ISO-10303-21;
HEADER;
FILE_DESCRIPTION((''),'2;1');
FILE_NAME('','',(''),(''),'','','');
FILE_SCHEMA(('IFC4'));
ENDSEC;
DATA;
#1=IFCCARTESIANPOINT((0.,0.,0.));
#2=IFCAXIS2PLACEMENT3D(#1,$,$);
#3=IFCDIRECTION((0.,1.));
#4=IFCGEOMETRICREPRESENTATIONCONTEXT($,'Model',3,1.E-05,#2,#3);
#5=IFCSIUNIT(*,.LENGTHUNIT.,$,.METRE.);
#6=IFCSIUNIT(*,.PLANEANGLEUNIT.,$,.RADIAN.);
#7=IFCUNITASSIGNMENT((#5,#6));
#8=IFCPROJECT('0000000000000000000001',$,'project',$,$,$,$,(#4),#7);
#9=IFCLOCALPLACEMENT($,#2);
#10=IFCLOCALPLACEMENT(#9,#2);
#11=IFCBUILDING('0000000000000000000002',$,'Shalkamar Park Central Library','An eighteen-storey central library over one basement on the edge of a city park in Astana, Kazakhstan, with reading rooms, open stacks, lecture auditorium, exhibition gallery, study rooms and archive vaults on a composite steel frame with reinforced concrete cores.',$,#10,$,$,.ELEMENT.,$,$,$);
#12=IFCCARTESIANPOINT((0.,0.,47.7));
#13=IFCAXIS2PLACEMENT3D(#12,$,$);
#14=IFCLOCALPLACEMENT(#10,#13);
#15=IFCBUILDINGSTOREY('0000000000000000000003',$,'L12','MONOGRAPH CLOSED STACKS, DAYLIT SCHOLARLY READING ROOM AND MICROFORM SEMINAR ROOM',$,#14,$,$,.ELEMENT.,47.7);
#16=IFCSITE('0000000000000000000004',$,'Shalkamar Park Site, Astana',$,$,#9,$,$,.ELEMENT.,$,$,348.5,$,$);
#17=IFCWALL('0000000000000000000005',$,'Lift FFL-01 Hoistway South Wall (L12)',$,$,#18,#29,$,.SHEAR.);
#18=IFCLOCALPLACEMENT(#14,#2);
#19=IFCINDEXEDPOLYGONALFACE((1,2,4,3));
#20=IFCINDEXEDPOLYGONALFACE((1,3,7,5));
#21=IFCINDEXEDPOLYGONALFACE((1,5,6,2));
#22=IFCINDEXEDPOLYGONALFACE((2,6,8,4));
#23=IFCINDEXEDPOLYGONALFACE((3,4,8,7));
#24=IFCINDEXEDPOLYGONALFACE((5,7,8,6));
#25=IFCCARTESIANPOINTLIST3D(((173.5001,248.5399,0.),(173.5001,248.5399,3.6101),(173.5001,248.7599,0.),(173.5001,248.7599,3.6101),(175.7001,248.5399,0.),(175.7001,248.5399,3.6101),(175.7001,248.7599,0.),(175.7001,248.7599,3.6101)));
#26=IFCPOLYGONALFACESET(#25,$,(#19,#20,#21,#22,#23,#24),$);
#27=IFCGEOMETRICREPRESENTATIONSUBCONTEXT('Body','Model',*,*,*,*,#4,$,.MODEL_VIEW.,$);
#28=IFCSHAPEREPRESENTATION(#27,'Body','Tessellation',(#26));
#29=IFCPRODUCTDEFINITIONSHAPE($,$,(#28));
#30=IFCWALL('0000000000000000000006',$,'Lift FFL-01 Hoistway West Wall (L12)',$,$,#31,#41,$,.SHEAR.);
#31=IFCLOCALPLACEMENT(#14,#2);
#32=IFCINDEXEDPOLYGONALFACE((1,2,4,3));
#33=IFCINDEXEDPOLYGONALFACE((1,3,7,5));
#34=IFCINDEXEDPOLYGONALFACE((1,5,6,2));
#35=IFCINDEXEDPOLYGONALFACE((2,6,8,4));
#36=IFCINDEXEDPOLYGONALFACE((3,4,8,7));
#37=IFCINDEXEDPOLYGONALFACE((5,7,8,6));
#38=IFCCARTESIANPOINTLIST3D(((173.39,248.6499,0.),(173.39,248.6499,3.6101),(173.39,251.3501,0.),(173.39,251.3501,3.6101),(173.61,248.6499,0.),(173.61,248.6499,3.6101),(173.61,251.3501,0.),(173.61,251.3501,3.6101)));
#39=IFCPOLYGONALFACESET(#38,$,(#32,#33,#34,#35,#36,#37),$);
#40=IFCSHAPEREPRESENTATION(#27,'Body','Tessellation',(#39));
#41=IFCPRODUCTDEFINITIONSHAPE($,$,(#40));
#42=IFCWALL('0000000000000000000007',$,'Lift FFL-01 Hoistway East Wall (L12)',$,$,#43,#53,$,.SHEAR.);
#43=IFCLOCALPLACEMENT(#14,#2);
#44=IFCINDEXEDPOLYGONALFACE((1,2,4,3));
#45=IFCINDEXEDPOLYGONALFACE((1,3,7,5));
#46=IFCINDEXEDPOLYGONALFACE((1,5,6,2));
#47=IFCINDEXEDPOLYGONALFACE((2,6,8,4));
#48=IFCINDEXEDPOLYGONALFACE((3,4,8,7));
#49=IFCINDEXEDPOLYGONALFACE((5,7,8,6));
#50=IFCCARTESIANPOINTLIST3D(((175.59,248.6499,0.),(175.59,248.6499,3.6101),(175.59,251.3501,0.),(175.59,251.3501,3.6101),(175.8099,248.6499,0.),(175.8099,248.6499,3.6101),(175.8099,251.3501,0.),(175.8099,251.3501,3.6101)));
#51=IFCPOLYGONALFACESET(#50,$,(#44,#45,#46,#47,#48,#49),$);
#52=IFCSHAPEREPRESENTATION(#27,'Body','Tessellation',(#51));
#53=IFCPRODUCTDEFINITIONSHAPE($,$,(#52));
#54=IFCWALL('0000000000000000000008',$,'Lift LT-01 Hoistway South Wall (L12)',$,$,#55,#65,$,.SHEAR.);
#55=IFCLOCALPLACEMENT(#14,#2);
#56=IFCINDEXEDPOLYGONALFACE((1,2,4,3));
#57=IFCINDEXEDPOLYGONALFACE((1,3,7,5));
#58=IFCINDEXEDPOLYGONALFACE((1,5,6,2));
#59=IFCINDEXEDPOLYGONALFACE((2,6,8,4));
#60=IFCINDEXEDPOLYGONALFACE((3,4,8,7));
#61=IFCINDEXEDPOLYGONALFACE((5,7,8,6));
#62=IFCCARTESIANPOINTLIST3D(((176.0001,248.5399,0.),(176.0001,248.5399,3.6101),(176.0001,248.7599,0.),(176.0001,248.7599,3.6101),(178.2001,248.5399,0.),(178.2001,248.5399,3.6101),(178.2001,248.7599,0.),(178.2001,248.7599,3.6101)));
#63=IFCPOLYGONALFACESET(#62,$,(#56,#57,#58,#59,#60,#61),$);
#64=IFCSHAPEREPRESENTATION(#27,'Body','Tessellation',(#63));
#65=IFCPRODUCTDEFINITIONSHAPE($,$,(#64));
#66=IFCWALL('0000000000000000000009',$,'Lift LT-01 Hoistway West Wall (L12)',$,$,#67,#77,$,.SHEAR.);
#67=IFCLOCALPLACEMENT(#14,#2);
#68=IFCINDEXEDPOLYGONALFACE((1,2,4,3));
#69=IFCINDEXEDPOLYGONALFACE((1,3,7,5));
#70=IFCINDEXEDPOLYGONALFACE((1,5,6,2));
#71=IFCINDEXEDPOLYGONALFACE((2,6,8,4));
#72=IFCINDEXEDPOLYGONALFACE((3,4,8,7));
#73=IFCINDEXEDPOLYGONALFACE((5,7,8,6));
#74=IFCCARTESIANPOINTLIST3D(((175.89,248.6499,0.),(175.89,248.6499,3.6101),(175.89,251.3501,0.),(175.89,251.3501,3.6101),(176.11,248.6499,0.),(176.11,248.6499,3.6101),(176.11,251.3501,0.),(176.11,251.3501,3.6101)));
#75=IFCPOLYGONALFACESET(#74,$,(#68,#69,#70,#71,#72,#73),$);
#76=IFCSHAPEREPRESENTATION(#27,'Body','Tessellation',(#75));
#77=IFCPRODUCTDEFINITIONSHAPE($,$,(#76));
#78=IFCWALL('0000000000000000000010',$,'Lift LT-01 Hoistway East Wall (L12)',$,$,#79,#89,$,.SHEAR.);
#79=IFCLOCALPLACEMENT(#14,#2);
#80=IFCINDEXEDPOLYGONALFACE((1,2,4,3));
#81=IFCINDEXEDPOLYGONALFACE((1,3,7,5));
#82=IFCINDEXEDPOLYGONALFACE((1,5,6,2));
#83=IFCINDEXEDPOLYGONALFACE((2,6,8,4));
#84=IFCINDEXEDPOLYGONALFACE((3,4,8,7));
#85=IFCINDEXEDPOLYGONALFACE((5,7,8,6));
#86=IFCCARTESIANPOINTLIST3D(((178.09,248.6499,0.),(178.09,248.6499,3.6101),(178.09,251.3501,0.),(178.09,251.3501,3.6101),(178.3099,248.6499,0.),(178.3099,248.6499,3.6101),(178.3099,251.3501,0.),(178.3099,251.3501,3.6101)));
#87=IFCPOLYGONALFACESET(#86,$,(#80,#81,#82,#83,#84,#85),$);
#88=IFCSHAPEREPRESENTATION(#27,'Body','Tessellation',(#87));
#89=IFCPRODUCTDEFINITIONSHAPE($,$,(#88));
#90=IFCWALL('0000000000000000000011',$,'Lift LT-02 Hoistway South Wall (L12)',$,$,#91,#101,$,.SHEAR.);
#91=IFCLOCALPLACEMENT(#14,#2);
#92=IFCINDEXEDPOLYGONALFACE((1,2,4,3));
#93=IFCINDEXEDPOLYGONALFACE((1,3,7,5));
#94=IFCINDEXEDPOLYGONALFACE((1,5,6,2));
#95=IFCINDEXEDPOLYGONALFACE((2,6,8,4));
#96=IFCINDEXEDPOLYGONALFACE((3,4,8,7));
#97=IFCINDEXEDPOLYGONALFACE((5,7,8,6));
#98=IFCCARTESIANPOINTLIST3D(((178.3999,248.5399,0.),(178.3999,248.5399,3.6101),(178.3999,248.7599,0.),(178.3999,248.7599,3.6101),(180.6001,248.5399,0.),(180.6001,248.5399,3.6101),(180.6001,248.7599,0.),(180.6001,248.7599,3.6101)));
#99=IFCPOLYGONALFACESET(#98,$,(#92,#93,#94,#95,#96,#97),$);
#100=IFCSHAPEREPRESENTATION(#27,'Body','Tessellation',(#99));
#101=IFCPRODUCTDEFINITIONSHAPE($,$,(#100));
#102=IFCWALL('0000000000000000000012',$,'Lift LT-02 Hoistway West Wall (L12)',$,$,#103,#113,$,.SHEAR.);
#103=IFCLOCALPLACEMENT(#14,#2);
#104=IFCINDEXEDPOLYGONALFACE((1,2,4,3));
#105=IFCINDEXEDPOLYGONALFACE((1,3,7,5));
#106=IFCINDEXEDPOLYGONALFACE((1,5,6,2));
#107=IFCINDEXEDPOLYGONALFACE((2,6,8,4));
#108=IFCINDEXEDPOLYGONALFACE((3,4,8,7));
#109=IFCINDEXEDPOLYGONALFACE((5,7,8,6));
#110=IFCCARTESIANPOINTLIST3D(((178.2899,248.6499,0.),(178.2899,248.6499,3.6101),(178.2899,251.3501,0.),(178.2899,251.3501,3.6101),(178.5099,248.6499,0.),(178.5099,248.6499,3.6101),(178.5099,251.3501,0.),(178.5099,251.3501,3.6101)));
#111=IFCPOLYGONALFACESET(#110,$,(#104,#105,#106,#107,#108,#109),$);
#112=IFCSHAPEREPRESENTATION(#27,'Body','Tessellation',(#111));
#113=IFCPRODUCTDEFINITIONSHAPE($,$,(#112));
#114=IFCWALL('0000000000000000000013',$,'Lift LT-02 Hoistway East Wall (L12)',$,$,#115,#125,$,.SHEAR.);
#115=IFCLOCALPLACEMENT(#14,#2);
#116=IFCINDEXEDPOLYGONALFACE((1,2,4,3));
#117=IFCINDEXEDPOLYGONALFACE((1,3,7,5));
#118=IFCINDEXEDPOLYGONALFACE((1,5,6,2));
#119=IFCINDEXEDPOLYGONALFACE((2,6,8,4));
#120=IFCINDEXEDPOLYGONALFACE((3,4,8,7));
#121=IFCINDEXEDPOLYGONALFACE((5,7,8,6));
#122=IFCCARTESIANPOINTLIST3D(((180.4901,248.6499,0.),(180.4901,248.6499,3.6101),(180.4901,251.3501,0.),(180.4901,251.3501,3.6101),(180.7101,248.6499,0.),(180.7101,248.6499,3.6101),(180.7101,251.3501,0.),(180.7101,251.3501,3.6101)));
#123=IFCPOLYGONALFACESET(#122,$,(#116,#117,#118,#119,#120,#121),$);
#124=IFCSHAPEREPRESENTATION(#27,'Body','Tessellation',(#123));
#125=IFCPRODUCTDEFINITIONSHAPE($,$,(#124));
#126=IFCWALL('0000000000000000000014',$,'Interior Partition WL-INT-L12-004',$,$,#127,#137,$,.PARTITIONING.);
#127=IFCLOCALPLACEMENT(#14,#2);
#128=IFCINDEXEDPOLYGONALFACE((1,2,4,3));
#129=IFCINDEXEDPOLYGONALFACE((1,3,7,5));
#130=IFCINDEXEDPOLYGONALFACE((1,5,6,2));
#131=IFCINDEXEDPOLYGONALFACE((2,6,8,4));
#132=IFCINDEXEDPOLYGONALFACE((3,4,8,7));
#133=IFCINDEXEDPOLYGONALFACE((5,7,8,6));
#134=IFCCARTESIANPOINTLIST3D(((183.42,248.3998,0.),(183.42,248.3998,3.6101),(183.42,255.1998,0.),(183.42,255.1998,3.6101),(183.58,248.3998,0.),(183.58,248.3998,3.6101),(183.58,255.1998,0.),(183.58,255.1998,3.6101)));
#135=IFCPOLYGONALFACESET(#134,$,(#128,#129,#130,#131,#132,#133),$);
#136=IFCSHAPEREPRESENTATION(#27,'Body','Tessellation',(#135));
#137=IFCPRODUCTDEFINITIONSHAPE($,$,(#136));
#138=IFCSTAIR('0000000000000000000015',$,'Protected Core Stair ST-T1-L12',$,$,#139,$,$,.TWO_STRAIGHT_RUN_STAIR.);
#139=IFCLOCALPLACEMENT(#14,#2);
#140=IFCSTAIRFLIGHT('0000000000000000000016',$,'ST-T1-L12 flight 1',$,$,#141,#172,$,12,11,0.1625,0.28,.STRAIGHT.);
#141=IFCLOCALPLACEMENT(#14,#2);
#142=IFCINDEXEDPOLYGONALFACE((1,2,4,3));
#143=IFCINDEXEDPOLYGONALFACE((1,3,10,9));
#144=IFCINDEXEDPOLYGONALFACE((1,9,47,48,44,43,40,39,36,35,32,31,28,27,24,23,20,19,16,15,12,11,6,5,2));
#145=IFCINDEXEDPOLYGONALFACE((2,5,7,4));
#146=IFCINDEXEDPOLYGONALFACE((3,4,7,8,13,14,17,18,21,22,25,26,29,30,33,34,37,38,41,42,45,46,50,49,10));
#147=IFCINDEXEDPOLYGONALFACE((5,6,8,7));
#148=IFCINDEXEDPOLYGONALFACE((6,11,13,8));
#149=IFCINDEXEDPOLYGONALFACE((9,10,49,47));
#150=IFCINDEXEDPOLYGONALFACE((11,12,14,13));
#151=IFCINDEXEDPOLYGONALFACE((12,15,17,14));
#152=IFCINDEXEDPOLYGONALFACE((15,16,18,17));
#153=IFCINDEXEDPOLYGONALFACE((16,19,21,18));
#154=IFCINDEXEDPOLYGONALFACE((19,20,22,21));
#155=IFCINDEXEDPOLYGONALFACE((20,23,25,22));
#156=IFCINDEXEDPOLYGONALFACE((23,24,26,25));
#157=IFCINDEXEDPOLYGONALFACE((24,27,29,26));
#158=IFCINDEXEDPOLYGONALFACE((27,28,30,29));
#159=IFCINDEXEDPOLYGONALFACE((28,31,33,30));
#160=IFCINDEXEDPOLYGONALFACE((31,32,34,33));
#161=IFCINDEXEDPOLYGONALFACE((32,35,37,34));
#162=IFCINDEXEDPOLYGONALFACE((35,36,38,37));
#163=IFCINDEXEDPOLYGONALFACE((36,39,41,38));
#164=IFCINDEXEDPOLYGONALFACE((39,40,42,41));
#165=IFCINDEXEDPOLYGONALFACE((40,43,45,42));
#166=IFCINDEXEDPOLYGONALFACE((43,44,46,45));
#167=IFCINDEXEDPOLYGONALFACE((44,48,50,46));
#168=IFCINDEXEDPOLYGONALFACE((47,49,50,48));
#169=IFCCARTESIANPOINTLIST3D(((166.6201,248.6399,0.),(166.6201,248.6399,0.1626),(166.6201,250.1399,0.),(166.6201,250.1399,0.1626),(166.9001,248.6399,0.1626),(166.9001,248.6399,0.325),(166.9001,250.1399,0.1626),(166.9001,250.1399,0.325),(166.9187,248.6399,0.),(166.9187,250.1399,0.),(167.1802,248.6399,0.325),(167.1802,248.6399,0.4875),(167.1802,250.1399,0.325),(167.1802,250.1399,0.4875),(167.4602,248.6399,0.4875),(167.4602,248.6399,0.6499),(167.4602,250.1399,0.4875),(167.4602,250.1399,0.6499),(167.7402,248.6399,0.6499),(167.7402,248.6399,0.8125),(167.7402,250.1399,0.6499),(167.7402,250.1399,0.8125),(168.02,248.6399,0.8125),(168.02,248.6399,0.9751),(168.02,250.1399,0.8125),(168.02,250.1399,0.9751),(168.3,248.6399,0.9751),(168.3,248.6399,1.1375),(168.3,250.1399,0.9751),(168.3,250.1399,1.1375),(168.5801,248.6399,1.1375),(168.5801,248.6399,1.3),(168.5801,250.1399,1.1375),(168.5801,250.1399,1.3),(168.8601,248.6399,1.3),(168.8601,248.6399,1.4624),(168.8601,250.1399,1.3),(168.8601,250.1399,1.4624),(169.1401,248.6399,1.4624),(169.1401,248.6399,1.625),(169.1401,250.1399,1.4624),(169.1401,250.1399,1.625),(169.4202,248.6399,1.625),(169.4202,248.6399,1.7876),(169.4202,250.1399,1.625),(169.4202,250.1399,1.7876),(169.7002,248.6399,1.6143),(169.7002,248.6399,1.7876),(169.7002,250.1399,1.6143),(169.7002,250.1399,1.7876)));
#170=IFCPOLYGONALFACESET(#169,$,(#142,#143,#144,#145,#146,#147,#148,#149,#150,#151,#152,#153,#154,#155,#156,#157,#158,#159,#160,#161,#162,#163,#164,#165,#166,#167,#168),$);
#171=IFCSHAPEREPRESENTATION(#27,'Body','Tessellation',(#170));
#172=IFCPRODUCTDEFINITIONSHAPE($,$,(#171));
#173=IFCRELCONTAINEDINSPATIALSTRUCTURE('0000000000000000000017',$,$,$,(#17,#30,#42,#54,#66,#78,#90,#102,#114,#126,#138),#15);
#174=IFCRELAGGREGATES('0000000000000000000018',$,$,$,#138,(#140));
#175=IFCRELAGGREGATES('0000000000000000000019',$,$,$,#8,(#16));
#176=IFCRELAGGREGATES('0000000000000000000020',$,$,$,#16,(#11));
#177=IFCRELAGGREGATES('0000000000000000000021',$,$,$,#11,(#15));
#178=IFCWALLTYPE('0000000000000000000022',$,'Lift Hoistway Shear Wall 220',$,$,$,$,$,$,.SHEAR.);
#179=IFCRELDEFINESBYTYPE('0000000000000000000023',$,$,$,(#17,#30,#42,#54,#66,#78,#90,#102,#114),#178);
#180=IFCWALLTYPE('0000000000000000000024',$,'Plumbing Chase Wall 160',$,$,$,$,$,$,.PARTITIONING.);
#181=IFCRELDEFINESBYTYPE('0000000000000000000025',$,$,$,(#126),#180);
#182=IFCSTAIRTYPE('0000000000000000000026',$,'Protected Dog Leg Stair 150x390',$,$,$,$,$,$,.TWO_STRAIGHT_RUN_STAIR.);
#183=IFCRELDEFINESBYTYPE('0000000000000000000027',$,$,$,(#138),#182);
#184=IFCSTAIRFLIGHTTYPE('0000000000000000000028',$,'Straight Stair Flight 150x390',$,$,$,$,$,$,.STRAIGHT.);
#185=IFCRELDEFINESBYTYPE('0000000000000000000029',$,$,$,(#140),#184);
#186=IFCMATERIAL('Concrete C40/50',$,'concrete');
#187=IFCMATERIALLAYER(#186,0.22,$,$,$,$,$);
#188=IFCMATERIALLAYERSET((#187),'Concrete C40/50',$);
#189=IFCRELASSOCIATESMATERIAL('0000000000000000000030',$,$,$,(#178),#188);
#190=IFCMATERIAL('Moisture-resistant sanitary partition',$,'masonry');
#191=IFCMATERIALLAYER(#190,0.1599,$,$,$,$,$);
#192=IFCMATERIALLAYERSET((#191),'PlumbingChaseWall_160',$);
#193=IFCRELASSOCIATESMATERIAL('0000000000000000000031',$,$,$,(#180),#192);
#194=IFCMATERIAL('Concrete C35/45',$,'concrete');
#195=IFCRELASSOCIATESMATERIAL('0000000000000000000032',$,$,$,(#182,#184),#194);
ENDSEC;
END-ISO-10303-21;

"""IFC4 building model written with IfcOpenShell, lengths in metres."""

from ifc_helpers import new_model, si_unit, direction, frame, frame_2d, origin, place, context, subcontext, project, spatial, polyline, rectangle, outline, extrude, material, layer, layer_set, type_object, element, aggregate, save


model = new_model("IFC4")

# Units and contexts
model_context = context("Model", 3, precision=1e-05, world=origin(), true_north=direction((0.0, 1.0)))
body_context = subcontext(model_context, "Body", "Model", "MODEL_VIEW")
ifc_project = project(units=[si_unit("LENGTHUNIT", "METRE"), si_unit("PLANEANGLEUNIT", "RADIAN")], contexts=[model_context])

# Site, building, storey
site_placement = place(None, origin())
site = spatial("IfcSite", under=ifc_project, at=site_placement, Name="Shalkamar Park Site, Astana", CompositionType="ELEMENT", RefElevation=348.5)
building_placement = place(site_placement, origin())
building = spatial("IfcBuilding", under=site, at=building_placement, Name="Shalkamar Park Central Library", Description="An eighteen-storey central library over one basement on the edge of a city park in Astana, Kazakhstan, with reading rooms, open stacks, lecture auditorium, exhibition gallery, study rooms and archive vaults on a composite steel frame with reinforced concrete cores.", CompositionType="ELEMENT")
storey_placement = place(building_placement, frame((0.0, 0.0, 47.7)))
storey = spatial("IfcBuildingStorey", under=building, at=storey_placement, Name="L12", Description="MONOGRAPH CLOSED STACKS, DAYLIT SCHOLARLY READING ROOM AND MICROFORM SEMINAR ROOM", CompositionType="ELEMENT", Elevation=47.7)

# Walls
ifc_material_1 = material(Name="Concrete C40/50", Category="concrete")
ifc_layer_1 = layer(ifc_material_1, 0.22)
ifc_layer_set_1 = layer_set([ifc_layer_1], Name="Concrete C40/50")
wall_type_1 = type_object("IfcWallType", Name="Lift Hoistway Shear Wall 220", PredefinedType="SHEAR", material=ifc_layer_set_1)
wall_1_placement = place(storey_placement, frame((173.5, 248.6499, 0.0), z_axis=(0.0, 0.0, 1.0), x_axis=(1.0, 0.0, 0.0)))
element("IfcWall", 1, at=wall_1_placement, inside=storey, type_object=wall_type_1, Name="Lift FFL-01 Hoistway South Wall (L12)", PredefinedType="SHEAR", context=body_context, shape_type="SweptSolid", body=[
    extrude(rectangle(XDim=2.2, YDim=0.22, at=frame_2d((1.1001, 0.0))), origin(), (0.0, 0.0, 1.0), 3.6101),
])
for number, where, z_axis, x_axis, name in (
    (2, (173.5, 248.6499, 0.0), (0.0, 0.0, 1.0), (0.0, 1.0, 0.0), "Lift FFL-01 Hoistway West Wall (L12)"),
    (3, (175.7, 248.6499, 0.0), (0.0, 0.0, 1.0), (0.0, 1.0, 0.0), "Lift FFL-01 Hoistway East Wall (L12)"),
):
    element("IfcWall", number, at=place(storey_placement, frame(where, z_axis=z_axis, x_axis=x_axis)), inside=storey, type_object=wall_type_1, Name=name, PredefinedType="SHEAR", context=body_context, shape_type="SweptSolid", body=[
        extrude(rectangle(XDim=2.7002, YDim=0.22, at=frame_2d((1.3501, 0.0))), origin(), (0.0, 0.0, 1.0), 3.6101),
    ])

# Walls
wall_2_placement = place(storey_placement, frame((176.0, 248.6499, 0.0), z_axis=(0.0, 0.0, 1.0), x_axis=(1.0, 0.0, 0.0)))
element("IfcWall", 4, at=wall_2_placement, inside=storey, type_object=wall_type_1, Name="Lift LT-01 Hoistway South Wall (L12)", PredefinedType="SHEAR", context=body_context, shape_type="SweptSolid", body=[
    extrude(rectangle(XDim=2.2, YDim=0.22, at=frame_2d((1.1001, 0.0))), origin(), (0.0, 0.0, 1.0), 3.6101),
])
for number, where, z_axis, x_axis, name in (
    (5, (176.0, 248.6499, 0.0), (0.0, 0.0, 1.0), (0.0, 1.0, 0.0), "Lift LT-01 Hoistway West Wall (L12)"),
    (6, (178.2, 248.6499, 0.0), (0.0, 0.0, 1.0), (0.0, 1.0, 0.0), "Lift LT-01 Hoistway East Wall (L12)"),
):
    element("IfcWall", number, at=place(storey_placement, frame(where, z_axis=z_axis, x_axis=x_axis)), inside=storey, type_object=wall_type_1, Name=name, PredefinedType="SHEAR", context=body_context, shape_type="SweptSolid", body=[
        extrude(rectangle(XDim=2.7002, YDim=0.22, at=frame_2d((1.3501, 0.0))), origin(), (0.0, 0.0, 1.0), 3.6101),
    ])

# Walls
wall_3_placement = place(storey_placement, frame((178.3999, 248.6499, 0.0), z_axis=(0.0, 0.0, 1.0), x_axis=(1.0, 0.0, 0.0)))
element("IfcWall", 7, at=wall_3_placement, inside=storey, type_object=wall_type_1, Name="Lift LT-02 Hoistway South Wall (L12)", PredefinedType="SHEAR", context=body_context, shape_type="SweptSolid", body=[
    extrude(rectangle(XDim=2.2002, YDim=0.22, at=frame_2d((1.1001, 0.0))), origin(), (0.0, 0.0, 1.0), 3.6101),
])
for number, where, z_axis, x_axis, name in (
    (8, (178.3999, 248.6499, 0.0), (0.0, 0.0, 1.0), (0.0, 1.0, 0.0), "Lift LT-02 Hoistway West Wall (L12)"),
    (9, (180.6001, 248.6499, 0.0), (0.0, 0.0, 1.0), (0.0, 1.0, 0.0), "Lift LT-02 Hoistway East Wall (L12)"),
):
    element("IfcWall", number, at=place(storey_placement, frame(where, z_axis=z_axis, x_axis=x_axis)), inside=storey, type_object=wall_type_1, Name=name, PredefinedType="SHEAR", context=body_context, shape_type="SweptSolid", body=[
        extrude(rectangle(XDim=2.7002, YDim=0.22, at=frame_2d((1.3501, 0.0))), origin(), (0.0, 0.0, 1.0), 3.6101),
    ])

# Wall
ifc_material_2 = material(Name="Moisture-resistant sanitary partition", Category="masonry")
ifc_layer_2 = layer(ifc_material_2, 0.1599)
ifc_layer_set_2 = layer_set([ifc_layer_2], Name="PlumbingChaseWall_160")
wall_type_2 = type_object("IfcWallType", Name="Plumbing Chase Wall 160", PredefinedType="PARTITIONING", material=ifc_layer_set_2)
wall_4_placement = place(storey_placement, frame((183.5, 248.3999, 0.0), z_axis=(0.0, 0.0, 1.0), x_axis=(0.0, 1.0, 0.0)))
element("IfcWall", 10, at=wall_4_placement, inside=storey, type_object=wall_type_2, Name="Interior Partition WL-INT-L12-004", PredefinedType="PARTITIONING", context=body_context, shape_type="SweptSolid", body=[
    extrude(rectangle(XDim=6.8, YDim=0.1599, at=frame_2d((3.3999, 0.0))), origin(), (0.0, 0.0, 1.0), 3.6101),
])

# Stair, stair flight
ifc_material_3 = material(Name="Concrete C35/45", Category="concrete")
stair_type = type_object("IfcStairType", Name="Protected Dog Leg Stair 150x390", PredefinedType="TWO_STRAIGHT_RUN_STAIR", material=ifc_material_3)
stair_placement = place(storey_placement, origin())
stair = element("IfcStair", 11, at=stair_placement, inside=storey, type_object=stair_type, Name="Protected Core Stair ST-T1-L12", PredefinedType="TWO_STRAIGHT_RUN_STAIR")
stair_flight_type = type_object("IfcStairFlightType", Name="Straight Stair Flight 150x390", PredefinedType="STRAIGHT", material=ifc_material_3)
stair_flight_1_placement = place(storey_placement, frame((166.6201, 249.3899, 0.0), z_axis=(0.0, 0.0, 1.0), x_axis=(1.0, 0.0, 0.0)))
stair_flight_1 = element("IfcStairFlight", 12, at=stair_flight_1_placement, type_object=stair_flight_type, Name="ST-T1-L12 flight 1", NumberOfRisers=12, NumberOfTreads=11, PredefinedType="STRAIGHT", RiserHeight=0.1625, TreadLength=0.28, context=body_context, shape_type="SweptSolid", body=[
    extrude(outline(polyline([(0.0, 0.0), (0.0, 0.1626), (0.28, 0.1626), (0.28, 0.325), (0.5601, 0.325), (0.5601, 0.4875), (0.8401, 0.4875), (0.8401, 0.6499), (1.1201, 0.6499), (1.1201, 0.8125), (1.3999, 0.8125), (1.3999, 0.9751), (1.6799, 0.9751), (1.6799, 1.1375), (1.96, 1.1375), (1.96, 1.3), (2.24, 1.3), (2.24, 1.4624), (2.52, 1.4624), (2.52, 1.625), (2.8, 1.625), (2.8, 1.7876), (3.0801, 1.7876), (3.0801, 1.95), (3.0801, 1.6143), (0.2986, 0.0), (0.0, 0.0)])), frame((0.0, 0.75, 0.0), z_axis=(0.0, -1.0, 0.0), x_axis=(1.0, 0.0, 0.0)), (0.0, 0.0, 1.0), 1.5),
])
aggregate(stair, [stair_flight_1])

save(model, "model.ifc")
